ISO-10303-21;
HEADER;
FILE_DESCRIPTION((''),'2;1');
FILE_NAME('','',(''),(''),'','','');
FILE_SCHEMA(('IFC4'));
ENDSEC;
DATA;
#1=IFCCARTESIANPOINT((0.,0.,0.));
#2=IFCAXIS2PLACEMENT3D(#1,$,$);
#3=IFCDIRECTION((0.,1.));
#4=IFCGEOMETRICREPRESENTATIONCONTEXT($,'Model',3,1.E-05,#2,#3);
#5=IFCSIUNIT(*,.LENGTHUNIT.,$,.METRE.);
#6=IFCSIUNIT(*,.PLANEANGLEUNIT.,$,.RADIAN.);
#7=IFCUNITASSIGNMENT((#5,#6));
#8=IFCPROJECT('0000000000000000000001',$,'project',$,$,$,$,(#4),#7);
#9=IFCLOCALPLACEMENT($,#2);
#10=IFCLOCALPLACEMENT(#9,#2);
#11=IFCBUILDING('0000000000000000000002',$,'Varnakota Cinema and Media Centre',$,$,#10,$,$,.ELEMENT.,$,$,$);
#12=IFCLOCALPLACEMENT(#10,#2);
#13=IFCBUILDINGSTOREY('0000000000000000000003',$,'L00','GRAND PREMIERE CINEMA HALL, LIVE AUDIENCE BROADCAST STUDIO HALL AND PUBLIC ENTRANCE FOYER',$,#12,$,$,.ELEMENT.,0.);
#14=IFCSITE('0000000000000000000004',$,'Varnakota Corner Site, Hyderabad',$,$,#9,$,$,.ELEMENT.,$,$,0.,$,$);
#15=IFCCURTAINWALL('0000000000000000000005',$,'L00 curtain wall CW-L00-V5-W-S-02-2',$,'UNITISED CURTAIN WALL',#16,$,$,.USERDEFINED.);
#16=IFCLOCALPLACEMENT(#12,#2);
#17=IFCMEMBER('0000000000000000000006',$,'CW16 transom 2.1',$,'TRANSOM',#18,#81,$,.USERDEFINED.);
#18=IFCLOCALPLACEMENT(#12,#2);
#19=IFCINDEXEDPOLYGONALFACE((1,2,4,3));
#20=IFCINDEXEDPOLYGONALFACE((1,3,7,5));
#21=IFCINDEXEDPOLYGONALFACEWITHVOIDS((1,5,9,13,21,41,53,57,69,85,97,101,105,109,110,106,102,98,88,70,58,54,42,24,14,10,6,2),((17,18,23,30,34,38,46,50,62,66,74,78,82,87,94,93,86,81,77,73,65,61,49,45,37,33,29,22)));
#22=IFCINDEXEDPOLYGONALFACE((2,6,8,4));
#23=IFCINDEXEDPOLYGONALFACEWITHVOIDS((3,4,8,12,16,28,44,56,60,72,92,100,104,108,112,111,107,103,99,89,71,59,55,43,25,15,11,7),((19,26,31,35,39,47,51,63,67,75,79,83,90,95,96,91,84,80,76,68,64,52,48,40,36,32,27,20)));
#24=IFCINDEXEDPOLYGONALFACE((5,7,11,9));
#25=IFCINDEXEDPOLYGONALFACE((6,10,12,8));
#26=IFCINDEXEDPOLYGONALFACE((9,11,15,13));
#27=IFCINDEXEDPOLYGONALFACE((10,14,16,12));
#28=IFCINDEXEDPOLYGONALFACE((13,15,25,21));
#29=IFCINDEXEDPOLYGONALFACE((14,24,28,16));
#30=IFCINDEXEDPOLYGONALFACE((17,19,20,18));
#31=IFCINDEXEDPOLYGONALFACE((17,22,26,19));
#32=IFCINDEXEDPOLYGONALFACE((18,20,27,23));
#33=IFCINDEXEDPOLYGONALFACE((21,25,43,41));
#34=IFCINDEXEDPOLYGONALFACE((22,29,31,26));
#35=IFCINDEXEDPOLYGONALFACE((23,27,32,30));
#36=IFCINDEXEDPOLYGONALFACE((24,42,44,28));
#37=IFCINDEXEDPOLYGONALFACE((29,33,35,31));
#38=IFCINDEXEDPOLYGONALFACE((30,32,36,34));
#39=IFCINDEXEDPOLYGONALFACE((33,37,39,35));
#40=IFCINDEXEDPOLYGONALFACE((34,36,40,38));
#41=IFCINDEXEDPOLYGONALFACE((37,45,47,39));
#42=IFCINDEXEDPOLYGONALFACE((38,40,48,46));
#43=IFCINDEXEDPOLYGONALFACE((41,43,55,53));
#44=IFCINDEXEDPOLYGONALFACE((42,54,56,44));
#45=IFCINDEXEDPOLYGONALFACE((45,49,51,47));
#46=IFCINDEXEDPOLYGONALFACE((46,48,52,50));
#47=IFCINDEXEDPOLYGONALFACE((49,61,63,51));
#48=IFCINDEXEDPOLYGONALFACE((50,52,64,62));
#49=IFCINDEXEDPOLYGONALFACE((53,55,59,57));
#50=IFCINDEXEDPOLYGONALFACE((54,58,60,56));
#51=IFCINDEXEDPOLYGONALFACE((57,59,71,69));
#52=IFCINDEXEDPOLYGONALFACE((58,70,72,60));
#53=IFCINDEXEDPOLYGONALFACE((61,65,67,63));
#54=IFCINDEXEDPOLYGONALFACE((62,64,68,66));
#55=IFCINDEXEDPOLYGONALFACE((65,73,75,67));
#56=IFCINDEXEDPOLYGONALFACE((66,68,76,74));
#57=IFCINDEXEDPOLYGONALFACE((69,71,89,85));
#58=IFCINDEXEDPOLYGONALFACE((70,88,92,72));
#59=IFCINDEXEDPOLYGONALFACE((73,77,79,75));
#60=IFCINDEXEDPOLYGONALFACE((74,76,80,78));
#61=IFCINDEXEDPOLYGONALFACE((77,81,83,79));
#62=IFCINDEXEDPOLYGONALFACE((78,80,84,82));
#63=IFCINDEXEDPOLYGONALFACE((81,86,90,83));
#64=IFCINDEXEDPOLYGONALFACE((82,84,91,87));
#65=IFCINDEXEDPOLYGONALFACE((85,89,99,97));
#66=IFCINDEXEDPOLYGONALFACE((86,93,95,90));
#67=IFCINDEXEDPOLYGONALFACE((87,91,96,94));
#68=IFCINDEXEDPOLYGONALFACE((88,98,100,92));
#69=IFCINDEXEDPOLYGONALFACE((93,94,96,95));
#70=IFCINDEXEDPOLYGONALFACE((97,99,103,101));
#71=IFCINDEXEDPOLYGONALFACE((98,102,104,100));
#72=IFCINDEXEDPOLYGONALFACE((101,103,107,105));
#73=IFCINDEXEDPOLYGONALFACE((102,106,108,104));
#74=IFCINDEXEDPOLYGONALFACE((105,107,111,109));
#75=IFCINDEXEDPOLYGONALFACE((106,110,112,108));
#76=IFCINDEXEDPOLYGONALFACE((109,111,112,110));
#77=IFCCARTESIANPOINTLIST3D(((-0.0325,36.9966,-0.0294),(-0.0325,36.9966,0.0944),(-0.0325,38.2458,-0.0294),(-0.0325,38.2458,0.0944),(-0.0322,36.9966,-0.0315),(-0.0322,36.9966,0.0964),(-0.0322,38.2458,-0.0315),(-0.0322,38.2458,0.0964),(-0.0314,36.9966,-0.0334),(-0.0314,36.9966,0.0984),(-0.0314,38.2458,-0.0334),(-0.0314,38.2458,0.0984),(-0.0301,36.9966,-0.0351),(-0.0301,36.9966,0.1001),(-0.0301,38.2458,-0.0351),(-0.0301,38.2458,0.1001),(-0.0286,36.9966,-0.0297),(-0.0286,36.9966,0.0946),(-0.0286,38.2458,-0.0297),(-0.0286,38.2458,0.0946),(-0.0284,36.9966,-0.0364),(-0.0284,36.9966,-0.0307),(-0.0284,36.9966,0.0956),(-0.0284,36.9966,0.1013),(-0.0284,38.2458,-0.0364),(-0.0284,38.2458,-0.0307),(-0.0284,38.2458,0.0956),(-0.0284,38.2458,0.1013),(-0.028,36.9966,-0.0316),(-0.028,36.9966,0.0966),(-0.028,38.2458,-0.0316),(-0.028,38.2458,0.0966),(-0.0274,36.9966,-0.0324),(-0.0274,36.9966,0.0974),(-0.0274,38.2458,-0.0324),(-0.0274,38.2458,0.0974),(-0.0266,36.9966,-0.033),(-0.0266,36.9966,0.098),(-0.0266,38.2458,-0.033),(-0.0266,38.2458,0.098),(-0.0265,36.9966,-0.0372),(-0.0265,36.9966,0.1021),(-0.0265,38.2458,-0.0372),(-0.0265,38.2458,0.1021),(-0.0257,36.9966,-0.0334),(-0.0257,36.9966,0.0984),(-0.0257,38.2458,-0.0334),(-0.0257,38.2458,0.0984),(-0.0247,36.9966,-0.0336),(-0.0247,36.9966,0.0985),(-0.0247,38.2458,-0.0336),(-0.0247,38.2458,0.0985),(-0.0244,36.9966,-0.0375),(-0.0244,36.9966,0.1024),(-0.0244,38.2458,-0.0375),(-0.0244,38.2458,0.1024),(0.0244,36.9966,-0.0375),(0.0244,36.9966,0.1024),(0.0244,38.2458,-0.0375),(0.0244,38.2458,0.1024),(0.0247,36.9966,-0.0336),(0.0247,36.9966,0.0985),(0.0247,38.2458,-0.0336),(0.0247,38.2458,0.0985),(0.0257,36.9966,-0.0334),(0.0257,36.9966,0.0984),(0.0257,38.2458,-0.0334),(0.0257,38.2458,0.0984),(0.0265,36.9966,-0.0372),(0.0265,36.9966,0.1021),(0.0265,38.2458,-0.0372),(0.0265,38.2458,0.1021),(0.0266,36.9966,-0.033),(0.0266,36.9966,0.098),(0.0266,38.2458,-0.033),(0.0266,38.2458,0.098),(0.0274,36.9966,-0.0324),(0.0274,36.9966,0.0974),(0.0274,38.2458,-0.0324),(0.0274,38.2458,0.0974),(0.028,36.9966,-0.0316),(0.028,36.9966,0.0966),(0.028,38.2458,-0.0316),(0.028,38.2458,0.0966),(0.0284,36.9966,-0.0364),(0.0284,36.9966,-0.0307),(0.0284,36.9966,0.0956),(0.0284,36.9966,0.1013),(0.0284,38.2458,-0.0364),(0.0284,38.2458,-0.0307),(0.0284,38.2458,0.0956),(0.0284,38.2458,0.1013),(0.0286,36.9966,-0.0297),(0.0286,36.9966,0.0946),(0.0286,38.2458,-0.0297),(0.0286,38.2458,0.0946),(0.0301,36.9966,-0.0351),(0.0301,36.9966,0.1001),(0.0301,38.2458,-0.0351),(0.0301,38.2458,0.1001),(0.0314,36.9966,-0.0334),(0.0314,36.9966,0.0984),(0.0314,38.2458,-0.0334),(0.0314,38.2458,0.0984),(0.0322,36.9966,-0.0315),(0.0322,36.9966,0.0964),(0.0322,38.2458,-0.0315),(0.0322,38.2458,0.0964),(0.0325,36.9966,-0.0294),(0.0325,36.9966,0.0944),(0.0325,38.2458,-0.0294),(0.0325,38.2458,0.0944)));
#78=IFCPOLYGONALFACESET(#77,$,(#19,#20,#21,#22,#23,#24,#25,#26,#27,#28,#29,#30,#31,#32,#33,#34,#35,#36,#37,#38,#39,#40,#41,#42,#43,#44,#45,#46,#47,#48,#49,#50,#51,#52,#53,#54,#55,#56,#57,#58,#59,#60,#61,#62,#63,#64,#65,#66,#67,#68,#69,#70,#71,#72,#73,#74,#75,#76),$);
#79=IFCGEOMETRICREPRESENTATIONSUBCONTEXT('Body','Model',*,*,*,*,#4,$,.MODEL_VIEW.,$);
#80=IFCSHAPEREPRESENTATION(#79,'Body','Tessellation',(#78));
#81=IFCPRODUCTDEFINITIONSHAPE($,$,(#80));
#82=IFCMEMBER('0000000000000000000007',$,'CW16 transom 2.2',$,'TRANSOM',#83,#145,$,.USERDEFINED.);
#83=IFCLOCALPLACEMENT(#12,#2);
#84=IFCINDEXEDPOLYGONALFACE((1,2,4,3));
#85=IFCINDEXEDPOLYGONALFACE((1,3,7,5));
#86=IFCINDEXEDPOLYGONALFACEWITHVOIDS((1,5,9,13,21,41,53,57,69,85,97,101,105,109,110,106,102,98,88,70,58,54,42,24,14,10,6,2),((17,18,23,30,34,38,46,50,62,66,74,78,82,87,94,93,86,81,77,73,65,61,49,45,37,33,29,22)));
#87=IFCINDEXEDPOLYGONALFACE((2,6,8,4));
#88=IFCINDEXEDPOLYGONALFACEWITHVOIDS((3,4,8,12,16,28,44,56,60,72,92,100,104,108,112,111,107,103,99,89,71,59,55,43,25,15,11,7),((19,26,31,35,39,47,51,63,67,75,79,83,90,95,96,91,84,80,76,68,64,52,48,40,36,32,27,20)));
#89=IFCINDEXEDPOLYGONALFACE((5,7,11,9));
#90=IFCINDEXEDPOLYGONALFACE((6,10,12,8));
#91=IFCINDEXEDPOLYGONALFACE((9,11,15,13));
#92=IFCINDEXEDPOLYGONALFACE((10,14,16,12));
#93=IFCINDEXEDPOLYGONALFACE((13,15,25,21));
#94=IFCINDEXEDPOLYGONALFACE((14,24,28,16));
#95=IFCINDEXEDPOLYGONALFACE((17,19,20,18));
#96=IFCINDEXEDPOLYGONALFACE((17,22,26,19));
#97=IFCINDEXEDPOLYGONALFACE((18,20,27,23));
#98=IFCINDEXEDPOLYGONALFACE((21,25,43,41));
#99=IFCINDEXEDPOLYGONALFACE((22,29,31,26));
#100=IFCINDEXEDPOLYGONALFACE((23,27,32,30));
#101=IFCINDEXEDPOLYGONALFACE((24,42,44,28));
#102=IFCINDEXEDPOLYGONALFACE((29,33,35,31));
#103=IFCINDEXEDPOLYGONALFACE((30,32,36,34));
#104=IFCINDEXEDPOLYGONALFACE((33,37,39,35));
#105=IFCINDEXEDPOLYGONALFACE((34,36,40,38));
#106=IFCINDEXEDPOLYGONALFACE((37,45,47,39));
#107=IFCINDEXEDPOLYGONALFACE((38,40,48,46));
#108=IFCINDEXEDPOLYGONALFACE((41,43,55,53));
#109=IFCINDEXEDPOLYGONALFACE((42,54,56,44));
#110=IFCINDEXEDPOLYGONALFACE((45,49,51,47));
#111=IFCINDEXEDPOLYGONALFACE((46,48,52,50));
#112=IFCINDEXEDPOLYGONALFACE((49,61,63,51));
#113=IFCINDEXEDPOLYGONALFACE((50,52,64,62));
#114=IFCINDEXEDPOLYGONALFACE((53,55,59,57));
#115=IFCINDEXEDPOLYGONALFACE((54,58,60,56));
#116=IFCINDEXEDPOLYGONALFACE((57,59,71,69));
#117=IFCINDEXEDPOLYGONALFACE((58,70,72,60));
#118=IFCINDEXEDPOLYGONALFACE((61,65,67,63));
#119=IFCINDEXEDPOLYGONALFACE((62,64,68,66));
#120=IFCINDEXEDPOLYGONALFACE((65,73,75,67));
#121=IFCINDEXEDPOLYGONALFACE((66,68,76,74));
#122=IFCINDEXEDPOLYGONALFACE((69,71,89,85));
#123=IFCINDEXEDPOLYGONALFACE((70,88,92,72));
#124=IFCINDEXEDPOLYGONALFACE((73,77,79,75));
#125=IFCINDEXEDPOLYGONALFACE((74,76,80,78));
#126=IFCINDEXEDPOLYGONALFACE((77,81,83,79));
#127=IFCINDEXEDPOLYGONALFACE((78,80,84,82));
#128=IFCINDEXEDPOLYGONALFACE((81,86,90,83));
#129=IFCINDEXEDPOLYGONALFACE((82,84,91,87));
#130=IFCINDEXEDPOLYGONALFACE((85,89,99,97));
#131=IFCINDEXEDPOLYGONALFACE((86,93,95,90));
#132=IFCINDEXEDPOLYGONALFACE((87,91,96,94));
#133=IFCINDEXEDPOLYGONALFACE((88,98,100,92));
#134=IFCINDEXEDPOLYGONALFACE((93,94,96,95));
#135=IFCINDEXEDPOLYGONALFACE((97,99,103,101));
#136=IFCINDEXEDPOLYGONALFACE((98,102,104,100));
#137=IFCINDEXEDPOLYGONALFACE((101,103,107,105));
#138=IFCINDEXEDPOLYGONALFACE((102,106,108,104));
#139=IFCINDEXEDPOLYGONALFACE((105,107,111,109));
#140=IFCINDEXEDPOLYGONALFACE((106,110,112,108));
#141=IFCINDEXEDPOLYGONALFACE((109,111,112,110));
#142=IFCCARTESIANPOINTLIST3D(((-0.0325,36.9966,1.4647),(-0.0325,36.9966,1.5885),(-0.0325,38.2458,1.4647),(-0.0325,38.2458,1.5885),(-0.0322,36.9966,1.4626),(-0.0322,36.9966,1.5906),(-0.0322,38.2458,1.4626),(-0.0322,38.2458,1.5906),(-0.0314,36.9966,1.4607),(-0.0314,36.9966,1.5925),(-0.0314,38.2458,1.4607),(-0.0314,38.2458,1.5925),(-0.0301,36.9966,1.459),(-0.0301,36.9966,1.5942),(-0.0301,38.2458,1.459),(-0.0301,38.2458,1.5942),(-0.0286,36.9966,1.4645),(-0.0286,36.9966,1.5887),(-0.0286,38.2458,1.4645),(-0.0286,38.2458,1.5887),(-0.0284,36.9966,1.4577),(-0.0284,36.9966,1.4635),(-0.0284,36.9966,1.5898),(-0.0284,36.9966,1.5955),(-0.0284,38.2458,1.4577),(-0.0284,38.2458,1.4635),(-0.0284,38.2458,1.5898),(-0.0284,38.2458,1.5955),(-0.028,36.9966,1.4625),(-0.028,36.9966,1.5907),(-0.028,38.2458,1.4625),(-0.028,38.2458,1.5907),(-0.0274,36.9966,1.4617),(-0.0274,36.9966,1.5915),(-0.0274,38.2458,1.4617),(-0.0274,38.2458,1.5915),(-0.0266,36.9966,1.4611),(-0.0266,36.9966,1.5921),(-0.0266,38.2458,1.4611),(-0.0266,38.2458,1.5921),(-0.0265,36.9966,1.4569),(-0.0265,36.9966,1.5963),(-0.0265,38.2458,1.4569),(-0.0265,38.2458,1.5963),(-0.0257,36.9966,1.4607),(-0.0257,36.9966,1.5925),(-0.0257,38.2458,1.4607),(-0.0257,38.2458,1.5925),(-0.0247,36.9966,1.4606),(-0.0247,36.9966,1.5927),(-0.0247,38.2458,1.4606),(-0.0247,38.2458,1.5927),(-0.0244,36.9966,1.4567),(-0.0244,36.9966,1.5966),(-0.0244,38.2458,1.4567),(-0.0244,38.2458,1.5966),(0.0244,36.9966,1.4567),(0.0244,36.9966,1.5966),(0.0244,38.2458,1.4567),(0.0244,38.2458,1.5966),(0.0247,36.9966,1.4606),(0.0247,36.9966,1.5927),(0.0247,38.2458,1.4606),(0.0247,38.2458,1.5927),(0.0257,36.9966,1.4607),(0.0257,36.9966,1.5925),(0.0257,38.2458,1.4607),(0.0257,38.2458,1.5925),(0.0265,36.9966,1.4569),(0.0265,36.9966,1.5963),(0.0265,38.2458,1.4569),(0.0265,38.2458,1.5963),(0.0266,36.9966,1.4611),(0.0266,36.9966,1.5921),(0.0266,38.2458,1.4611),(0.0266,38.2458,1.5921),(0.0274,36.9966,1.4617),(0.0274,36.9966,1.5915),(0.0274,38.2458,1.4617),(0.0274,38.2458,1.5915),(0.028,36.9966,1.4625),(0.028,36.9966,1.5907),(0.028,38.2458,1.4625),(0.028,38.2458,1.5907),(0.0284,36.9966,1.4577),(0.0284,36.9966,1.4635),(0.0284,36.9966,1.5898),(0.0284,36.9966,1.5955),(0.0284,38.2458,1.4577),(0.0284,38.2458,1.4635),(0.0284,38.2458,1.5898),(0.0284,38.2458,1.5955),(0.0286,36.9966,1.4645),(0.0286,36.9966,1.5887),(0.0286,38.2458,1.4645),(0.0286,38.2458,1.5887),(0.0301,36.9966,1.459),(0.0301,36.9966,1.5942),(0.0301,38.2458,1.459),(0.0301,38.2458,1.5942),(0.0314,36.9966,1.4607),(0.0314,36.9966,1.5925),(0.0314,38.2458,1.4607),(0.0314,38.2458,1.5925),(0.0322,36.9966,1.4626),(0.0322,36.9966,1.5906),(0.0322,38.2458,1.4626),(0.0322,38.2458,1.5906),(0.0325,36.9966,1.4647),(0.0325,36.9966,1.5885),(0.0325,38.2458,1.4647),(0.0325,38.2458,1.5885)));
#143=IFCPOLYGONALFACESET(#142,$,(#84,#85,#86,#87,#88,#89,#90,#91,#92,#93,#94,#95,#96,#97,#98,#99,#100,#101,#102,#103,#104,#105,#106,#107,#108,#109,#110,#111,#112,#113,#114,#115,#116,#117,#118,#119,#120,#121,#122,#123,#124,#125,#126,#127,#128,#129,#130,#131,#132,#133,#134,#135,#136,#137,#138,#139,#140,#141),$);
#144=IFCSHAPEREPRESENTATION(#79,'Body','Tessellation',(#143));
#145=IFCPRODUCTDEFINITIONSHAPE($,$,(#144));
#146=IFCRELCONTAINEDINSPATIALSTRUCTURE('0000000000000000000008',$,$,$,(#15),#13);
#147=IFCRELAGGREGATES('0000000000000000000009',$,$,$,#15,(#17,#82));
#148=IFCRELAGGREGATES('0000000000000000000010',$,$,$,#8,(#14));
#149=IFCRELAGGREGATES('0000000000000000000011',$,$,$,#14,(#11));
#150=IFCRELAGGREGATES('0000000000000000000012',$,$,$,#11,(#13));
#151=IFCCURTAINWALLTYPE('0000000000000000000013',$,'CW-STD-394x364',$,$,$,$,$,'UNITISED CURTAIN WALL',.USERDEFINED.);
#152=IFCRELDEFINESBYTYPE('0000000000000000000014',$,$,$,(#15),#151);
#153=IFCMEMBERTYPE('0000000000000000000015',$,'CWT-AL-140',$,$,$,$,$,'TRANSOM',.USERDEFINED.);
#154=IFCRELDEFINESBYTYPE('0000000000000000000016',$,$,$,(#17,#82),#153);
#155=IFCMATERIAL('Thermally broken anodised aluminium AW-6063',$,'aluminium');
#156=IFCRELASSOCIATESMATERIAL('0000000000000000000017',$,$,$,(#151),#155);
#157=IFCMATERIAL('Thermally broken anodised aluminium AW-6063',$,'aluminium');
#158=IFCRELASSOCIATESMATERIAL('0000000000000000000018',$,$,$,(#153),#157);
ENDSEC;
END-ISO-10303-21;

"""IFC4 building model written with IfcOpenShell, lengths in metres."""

from ifc_helpers import new_model, si_unit, direction, frame, origin, origin_2d, place, context, subcontext, project, spatial, hollow_rectangle, extrude, material, material_profile, profile_set, type_object, element, aggregate, save


model = new_model("IFC4")

# Units and contexts
model_context = context("Model", 3, precision=1e-05, world=origin(), true_north=direction((0.0, 1.0)))
body_context = subcontext(model_context, "Body", "Model", "MODEL_VIEW")
ifc_project = project(units=[si_unit("LENGTHUNIT", "METRE"), si_unit("PLANEANGLEUNIT", "RADIAN")], contexts=[model_context])

# Site, building, storey
site_placement = place(None, origin())
site = spatial("IfcSite", under=ifc_project, at=site_placement, Name="Varnakota Corner Site, Hyderabad", CompositionType="ELEMENT", RefElevation=0.0)
building_placement = place(site_placement, origin())
building = spatial("IfcBuilding", under=site, at=building_placement, Name="Varnakota Cinema and Media Centre", CompositionType="ELEMENT")
storey_placement = place(building_placement, origin())
storey = spatial("IfcBuildingStorey", under=building, at=storey_placement, Name="L00", Description="GRAND PREMIERE CINEMA HALL, LIVE AUDIENCE BROADCAST STUDIO HALL AND PUBLIC ENTRANCE FOYER", CompositionType="ELEMENT", Elevation=0.0)

# Shared definitions
ifc_material_1 = material(Name="Thermally broken anodised aluminium AW-6063", Category="aluminium")
curtain_wall_type = type_object("IfcCurtainWallType", Name="CW-STD-394x364", ElementType="UNITISED CURTAIN WALL", PredefinedType="USERDEFINED", material=ifc_material_1)

# Curtain wall
curtain_wall_1_placement = place(storey_placement, origin())
curtain_wall_1 = element("IfcCurtainWall", 1, at=curtain_wall_1_placement, inside=storey, type_object=curtain_wall_type, Name="L00 curtain wall CW-L00-V5-W-S-02-2", ObjectType="UNITISED CURTAIN WALL", PredefinedType="USERDEFINED")

# Members
ifc_material_2 = material(Name="Thermally broken anodised aluminium AW-6063", Category="aluminium")
ifc_material_profile_1 = material_profile(ifc_material_2, hollow_rectangle(XDim=0.0649, YDim=0.1399, WallThickness=0.0039, InnerFilletRadius=0.0039, OuterFilletRadius=0.0081, at=origin_2d()), Name="AL-TRANSOM 140x65x4")
ifc_profile_set_1 = profile_set([ifc_material_profile_1], Name="Thermally broken anodised aluminium AW-6063")
member_type_1 = type_object("IfcMemberType", Name="CWT-AL-140", ElementType="TRANSOM", PredefinedType="USERDEFINED", material=ifc_profile_set_1)
member_1_placement = place(storey_placement, frame((0.0, 38.2458, 0.0325), z_axis=(0.0, -1.0, 0.0), x_axis=(1.0, 0.0, 0.0)))
member_1 = element("IfcMember", 2, at=member_1_placement, type_object=member_type_1, Name="CW16 transom 2.1", ObjectType="TRANSOM", PredefinedType="USERDEFINED", context=body_context, shape_type="SweptSolid", body=[
    extrude(hollow_rectangle(XDim=0.0649, YDim=0.1399, WallThickness=0.0039, InnerFilletRadius=0.0039, OuterFilletRadius=0.0081, at=origin_2d()), origin(), (0.0, 0.0, 1.0), 1.2493),
])
member_2_placement = place(storey_placement, frame((0.0, 38.2458, 1.5266), z_axis=(0.0, -1.0, 0.0), x_axis=(1.0, 0.0, 0.0)))
member_2 = element("IfcMember", 3, at=member_2_placement, type_object=member_type_1, Name="CW16 transom 2.2", ObjectType="TRANSOM", PredefinedType="USERDEFINED", context=body_context, shape_type="SweptSolid", body=[
    extrude(hollow_rectangle(XDim=0.0649, YDim=0.1399, WallThickness=0.0039, InnerFilletRadius=0.0039, OuterFilletRadius=0.0081, at=origin_2d()), origin(), (0.0, 0.0, 1.0), 1.2493),
])

aggregate(curtain_wall_1, [member_1, member_2])

save(model, "model.ifc")
